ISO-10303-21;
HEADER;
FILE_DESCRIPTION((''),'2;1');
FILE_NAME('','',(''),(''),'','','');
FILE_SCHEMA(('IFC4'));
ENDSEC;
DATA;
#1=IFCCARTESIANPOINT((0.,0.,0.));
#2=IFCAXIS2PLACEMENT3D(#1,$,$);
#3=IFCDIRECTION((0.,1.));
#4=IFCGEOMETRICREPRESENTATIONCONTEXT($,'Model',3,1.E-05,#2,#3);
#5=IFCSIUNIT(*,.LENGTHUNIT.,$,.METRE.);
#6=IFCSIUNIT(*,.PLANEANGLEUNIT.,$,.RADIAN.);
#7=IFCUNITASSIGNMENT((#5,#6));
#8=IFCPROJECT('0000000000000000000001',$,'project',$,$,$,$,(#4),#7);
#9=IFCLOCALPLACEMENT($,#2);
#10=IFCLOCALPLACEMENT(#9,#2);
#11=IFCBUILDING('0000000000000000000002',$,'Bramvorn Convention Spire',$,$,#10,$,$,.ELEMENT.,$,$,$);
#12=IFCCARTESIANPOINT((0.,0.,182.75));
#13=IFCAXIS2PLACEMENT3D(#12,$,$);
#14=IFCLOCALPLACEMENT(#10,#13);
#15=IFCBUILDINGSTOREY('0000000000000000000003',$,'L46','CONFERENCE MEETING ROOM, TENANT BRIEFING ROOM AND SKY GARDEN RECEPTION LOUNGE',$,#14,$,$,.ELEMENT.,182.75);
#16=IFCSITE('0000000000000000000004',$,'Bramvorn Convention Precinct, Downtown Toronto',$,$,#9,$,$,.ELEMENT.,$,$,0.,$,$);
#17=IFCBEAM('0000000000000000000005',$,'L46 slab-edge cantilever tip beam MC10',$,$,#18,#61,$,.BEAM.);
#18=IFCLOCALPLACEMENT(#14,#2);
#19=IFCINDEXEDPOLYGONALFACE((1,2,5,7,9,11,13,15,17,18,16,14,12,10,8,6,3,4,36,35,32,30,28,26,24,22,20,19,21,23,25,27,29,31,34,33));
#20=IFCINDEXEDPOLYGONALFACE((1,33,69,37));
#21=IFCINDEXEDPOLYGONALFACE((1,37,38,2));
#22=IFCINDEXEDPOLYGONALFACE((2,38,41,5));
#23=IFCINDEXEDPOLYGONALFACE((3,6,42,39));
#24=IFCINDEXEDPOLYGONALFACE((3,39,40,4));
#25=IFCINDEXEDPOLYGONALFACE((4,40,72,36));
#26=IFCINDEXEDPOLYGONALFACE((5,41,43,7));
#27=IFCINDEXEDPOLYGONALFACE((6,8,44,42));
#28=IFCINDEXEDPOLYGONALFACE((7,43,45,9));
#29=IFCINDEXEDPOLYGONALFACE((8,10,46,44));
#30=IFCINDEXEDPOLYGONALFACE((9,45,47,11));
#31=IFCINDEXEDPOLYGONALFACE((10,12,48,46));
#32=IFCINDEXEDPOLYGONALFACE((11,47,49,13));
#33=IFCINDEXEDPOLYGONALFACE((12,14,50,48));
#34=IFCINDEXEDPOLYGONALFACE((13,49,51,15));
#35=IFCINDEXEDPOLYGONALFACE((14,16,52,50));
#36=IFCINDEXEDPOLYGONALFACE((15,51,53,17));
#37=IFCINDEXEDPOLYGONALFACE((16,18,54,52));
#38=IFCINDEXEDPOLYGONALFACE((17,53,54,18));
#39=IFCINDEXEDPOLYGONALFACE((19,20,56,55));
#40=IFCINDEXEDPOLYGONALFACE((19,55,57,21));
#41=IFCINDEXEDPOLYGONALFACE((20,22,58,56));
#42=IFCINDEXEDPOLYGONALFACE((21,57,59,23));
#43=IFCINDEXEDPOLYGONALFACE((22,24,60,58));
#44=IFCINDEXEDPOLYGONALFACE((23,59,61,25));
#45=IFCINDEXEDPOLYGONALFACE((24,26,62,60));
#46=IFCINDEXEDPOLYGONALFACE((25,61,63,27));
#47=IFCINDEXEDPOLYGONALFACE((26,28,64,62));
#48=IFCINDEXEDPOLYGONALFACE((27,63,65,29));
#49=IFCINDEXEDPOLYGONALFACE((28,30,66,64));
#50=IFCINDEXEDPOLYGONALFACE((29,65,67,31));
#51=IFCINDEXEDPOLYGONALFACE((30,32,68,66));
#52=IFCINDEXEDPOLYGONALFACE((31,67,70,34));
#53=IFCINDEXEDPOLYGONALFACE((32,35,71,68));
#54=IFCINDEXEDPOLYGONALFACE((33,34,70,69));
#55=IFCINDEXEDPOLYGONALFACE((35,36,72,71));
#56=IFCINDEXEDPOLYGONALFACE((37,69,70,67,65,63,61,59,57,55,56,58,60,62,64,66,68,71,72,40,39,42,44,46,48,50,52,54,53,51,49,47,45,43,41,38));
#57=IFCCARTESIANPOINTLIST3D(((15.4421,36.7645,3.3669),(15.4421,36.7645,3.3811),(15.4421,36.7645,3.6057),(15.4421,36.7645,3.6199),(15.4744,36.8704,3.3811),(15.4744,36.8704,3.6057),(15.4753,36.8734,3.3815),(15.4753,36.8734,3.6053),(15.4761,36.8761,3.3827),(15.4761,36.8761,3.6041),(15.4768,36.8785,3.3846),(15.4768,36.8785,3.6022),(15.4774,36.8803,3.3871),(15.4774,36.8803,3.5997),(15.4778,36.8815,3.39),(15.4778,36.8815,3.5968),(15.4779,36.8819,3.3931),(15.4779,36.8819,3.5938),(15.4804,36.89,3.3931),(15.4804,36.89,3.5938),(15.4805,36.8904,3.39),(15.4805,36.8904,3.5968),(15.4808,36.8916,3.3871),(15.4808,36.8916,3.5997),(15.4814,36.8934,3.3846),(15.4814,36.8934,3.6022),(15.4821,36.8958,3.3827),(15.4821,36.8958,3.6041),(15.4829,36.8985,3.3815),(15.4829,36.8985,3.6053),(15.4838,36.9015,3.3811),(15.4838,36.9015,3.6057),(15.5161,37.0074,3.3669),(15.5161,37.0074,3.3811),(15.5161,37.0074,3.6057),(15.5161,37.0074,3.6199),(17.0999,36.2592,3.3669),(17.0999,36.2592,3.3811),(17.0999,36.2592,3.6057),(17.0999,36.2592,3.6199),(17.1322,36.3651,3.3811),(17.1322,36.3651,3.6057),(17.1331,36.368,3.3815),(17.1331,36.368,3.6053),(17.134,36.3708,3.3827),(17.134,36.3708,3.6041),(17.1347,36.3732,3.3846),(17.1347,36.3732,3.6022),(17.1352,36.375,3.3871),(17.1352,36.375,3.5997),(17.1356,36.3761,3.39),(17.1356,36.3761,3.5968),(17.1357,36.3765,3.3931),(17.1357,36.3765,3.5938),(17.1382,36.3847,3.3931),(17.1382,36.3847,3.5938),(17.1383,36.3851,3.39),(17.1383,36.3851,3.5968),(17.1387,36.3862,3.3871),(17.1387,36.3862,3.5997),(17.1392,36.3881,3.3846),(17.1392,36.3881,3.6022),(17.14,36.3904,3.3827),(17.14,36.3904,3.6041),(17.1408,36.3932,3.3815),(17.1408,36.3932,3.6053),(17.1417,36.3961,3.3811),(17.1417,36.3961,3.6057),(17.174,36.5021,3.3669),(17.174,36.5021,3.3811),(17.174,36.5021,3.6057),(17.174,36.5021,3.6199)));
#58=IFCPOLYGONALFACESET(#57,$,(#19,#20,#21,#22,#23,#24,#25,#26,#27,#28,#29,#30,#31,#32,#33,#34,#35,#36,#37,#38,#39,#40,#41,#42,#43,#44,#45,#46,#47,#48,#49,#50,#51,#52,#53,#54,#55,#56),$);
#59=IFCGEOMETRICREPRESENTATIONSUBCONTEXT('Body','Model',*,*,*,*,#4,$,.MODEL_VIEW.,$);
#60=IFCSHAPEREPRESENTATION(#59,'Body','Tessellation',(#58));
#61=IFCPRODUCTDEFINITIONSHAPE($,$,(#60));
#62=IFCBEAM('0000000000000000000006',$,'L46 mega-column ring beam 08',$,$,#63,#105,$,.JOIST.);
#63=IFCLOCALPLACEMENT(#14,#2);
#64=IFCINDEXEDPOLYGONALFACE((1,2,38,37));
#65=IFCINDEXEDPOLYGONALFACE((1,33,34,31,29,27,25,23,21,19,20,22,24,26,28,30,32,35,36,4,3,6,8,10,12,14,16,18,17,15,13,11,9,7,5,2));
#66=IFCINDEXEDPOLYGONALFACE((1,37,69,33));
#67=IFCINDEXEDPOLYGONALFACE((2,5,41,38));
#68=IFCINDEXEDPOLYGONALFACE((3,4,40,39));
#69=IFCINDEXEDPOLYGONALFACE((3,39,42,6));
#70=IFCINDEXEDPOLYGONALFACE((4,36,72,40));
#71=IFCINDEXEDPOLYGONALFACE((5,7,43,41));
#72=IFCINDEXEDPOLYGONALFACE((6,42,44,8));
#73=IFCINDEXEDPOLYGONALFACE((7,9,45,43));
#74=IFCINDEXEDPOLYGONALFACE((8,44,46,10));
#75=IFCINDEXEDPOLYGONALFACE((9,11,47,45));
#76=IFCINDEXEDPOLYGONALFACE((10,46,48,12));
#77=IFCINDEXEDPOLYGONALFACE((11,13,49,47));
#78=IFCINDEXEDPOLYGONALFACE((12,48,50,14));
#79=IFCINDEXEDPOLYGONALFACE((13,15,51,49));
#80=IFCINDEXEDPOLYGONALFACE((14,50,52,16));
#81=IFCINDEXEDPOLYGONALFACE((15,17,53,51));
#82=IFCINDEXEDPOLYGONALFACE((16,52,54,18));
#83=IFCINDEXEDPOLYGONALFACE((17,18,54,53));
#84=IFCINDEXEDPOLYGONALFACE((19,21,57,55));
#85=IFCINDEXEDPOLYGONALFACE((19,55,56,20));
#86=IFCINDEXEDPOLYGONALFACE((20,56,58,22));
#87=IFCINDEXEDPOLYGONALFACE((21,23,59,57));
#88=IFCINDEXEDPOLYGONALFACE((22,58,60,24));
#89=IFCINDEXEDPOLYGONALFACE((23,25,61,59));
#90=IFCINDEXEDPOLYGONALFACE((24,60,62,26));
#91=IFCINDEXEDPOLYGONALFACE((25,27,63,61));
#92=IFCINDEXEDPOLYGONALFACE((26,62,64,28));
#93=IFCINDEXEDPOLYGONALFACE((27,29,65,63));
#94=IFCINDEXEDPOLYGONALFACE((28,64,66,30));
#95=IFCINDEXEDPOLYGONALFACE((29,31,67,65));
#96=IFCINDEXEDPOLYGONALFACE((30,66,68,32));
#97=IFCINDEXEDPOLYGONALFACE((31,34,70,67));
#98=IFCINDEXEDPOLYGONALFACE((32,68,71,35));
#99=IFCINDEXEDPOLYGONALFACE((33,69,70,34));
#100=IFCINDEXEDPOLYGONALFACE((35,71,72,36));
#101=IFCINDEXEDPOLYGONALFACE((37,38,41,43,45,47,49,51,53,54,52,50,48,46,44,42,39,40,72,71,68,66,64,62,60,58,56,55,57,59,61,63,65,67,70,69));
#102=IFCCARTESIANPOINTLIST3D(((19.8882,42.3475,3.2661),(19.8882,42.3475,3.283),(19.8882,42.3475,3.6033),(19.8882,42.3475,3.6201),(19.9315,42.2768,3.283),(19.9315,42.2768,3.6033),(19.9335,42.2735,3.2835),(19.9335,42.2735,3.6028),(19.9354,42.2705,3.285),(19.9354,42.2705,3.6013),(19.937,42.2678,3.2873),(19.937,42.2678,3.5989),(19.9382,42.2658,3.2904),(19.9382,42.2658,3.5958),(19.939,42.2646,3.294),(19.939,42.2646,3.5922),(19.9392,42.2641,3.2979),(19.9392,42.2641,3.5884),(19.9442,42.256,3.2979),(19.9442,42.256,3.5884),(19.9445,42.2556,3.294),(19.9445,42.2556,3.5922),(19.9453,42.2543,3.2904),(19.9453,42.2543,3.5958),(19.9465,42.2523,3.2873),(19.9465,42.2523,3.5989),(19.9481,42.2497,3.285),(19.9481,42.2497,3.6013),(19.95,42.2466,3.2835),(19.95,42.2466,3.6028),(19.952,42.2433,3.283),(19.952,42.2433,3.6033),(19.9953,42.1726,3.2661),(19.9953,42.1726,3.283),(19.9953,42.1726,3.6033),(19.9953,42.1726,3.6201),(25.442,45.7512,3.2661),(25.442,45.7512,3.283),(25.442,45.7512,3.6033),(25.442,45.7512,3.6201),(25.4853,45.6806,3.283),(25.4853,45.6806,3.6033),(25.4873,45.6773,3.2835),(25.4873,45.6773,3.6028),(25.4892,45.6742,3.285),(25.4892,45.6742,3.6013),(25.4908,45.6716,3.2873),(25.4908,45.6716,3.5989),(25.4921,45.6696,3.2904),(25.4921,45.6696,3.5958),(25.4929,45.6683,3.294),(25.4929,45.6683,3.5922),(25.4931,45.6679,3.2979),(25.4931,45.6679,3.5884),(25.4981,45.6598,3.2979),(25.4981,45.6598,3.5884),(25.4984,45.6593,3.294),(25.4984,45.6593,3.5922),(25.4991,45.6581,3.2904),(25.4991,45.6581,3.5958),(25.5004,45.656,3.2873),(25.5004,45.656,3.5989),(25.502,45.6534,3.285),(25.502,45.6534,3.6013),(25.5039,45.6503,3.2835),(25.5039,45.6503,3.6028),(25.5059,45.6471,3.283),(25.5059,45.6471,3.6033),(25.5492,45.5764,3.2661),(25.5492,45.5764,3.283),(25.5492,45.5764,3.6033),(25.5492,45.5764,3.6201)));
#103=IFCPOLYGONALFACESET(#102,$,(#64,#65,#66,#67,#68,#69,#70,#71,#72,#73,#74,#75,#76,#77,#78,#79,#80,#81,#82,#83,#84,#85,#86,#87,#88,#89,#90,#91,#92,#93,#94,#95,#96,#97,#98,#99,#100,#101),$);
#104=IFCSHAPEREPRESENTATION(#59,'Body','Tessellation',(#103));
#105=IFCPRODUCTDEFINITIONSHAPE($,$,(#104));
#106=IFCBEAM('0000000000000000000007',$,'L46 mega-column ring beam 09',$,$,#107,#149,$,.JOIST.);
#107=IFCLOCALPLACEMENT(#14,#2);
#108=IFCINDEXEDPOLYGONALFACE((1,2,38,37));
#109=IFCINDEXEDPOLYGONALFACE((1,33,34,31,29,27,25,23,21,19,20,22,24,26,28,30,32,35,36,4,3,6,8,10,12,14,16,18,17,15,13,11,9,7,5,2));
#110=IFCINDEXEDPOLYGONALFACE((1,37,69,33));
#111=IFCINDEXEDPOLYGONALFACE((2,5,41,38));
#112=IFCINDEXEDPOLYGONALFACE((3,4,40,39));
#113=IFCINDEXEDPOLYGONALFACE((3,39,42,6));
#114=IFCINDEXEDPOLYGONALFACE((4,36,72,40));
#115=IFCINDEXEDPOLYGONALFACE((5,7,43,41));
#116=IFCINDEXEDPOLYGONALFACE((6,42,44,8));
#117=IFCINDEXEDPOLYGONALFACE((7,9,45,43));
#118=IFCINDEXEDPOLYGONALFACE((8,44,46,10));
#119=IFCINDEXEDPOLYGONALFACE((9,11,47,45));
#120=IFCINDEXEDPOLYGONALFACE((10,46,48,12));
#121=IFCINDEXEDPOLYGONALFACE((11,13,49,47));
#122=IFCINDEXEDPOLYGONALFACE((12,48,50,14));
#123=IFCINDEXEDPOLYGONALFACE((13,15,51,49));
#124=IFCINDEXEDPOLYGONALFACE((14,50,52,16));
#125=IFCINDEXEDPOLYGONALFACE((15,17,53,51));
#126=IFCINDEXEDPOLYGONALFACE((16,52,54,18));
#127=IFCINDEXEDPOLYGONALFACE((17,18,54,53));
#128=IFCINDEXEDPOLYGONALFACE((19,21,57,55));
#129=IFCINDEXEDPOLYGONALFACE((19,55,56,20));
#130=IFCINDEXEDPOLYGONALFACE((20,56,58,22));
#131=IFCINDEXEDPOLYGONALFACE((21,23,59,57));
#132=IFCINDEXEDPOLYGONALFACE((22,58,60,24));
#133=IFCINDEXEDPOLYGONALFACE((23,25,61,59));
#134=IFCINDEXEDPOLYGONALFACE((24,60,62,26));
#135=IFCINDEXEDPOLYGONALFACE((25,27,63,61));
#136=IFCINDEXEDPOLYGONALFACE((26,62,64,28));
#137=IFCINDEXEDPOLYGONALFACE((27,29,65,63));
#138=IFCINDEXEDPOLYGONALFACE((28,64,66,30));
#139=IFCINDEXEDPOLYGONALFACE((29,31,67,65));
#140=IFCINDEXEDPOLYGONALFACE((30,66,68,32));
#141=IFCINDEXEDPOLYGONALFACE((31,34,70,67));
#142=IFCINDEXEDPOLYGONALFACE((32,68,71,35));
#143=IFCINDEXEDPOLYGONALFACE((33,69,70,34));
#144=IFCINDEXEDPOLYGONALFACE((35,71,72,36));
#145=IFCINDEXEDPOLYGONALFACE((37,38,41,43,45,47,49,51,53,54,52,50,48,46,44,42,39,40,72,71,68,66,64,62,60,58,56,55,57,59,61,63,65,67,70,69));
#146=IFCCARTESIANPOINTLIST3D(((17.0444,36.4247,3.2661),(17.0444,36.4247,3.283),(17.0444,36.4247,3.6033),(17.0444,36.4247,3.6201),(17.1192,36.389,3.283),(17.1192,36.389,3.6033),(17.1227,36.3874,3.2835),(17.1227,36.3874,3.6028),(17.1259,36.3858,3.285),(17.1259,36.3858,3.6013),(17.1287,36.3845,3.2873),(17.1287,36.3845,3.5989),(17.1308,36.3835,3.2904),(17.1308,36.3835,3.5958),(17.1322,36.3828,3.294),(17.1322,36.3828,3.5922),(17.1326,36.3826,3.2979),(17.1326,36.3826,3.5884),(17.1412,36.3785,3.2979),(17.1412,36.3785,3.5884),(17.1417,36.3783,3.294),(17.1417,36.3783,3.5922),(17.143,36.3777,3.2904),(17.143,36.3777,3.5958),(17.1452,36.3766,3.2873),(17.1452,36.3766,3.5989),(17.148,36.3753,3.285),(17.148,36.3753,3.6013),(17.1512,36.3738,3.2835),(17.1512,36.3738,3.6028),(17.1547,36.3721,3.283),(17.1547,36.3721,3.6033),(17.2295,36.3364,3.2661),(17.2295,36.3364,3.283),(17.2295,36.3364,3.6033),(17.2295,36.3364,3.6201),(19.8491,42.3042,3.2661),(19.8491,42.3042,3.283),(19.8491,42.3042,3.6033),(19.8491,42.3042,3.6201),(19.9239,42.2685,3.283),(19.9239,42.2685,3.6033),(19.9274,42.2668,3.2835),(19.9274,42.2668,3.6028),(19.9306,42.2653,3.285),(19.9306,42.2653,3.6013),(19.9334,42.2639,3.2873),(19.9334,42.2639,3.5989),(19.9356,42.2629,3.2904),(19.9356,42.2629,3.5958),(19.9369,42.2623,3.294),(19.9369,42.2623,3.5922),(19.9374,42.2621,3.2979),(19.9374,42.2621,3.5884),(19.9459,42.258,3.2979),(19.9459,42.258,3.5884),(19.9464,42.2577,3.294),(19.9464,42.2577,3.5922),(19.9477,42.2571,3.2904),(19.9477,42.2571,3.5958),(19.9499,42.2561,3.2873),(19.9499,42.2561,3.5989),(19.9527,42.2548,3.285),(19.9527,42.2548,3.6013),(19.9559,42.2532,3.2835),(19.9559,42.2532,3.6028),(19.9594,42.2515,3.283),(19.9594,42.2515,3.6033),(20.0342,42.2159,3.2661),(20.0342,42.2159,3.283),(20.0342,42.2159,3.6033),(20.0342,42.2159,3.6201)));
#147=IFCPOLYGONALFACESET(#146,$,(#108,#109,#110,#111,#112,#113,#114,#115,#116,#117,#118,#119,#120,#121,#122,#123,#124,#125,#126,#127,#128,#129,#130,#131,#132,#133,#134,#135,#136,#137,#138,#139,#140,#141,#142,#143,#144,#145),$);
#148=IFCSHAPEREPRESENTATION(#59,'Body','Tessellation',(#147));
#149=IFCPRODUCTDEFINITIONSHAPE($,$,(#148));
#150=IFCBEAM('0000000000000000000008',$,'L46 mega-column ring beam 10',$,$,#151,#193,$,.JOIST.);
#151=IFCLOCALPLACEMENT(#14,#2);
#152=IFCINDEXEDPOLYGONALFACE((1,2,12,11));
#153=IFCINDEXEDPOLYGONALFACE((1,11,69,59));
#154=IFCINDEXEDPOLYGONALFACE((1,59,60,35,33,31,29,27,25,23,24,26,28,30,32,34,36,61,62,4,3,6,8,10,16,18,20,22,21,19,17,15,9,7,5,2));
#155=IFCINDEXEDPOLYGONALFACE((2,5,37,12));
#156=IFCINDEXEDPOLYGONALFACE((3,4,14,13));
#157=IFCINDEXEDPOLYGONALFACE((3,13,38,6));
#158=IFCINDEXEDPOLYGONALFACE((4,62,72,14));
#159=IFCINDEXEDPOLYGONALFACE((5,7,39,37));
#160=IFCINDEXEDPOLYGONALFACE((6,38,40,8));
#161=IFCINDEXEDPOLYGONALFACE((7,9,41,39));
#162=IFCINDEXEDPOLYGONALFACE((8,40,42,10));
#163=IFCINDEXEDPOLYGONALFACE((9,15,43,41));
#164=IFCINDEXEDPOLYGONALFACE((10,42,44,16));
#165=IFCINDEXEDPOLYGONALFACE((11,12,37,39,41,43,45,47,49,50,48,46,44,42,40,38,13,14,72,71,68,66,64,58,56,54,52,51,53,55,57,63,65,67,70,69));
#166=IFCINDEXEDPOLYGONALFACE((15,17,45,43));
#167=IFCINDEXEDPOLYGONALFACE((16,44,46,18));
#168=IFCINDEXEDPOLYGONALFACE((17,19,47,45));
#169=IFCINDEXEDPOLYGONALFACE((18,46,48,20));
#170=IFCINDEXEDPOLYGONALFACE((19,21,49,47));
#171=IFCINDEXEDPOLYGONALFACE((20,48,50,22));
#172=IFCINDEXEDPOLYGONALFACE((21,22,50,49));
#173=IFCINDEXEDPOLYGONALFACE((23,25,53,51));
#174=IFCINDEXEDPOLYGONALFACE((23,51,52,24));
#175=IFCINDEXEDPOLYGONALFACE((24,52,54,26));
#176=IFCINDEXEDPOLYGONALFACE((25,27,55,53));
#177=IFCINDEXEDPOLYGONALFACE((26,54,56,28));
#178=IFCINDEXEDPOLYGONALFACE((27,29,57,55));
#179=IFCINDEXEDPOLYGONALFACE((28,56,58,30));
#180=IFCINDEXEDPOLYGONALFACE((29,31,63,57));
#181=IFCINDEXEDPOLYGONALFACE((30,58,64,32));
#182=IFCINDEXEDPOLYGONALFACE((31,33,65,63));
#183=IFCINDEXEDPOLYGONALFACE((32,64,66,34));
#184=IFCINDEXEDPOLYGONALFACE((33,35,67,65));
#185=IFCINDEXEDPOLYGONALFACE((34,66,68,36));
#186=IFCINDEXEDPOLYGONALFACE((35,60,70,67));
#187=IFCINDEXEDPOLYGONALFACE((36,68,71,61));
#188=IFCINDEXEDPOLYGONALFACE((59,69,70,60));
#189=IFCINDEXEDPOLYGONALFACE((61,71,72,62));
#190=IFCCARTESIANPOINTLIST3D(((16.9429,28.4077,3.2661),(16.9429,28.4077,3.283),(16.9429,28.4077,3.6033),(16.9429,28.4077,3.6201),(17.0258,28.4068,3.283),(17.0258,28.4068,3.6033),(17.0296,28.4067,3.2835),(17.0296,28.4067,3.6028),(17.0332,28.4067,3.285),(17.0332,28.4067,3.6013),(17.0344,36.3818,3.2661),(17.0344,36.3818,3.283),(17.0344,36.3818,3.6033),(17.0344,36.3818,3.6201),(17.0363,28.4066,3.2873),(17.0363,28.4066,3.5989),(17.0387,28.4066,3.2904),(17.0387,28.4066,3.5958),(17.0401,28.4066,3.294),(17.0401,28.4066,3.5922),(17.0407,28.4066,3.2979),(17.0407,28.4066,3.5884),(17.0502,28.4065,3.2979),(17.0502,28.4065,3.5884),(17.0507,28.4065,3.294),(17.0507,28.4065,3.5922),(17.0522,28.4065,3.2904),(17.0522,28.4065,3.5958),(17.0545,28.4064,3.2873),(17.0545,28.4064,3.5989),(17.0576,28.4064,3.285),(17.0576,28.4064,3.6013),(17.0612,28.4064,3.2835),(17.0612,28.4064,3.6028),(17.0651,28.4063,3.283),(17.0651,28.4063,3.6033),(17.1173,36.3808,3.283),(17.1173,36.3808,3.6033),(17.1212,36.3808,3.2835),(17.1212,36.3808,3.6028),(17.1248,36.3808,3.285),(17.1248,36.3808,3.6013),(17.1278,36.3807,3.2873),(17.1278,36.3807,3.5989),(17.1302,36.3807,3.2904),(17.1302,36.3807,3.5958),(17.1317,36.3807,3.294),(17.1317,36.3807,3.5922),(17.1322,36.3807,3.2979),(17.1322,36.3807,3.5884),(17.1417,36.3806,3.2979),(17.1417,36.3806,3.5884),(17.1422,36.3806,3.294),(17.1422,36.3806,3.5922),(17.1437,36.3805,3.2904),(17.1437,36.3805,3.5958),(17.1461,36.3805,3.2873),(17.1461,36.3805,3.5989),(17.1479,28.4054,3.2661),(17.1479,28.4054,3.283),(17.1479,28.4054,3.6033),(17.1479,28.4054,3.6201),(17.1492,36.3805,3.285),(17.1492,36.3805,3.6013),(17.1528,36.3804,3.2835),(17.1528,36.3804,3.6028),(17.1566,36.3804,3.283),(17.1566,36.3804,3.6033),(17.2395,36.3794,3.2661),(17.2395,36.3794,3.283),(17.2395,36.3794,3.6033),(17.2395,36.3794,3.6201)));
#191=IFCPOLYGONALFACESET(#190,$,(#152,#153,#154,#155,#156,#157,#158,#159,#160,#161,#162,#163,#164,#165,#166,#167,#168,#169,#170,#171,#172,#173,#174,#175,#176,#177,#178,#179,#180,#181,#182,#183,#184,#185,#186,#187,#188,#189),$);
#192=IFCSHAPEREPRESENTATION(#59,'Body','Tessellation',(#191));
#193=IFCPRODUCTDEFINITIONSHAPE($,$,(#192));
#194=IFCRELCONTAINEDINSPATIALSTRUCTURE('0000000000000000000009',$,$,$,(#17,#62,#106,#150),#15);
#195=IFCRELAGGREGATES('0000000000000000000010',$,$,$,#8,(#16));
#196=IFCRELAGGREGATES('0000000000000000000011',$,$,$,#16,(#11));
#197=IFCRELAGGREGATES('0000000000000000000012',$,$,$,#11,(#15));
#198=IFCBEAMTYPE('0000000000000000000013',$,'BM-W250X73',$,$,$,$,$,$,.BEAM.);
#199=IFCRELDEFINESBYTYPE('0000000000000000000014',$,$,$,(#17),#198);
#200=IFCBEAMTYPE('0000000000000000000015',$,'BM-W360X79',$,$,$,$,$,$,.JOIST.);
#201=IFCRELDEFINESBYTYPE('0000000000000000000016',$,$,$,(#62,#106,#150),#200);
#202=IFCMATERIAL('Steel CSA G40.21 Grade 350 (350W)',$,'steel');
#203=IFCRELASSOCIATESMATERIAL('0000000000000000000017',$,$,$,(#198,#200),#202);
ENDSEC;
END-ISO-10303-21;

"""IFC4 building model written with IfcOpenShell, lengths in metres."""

from ifc_helpers import new_model, si_unit, direction, frame, origin, origin_2d, place, context, subcontext, project, spatial, i_section, extrude, material, material_profile, profile_set, type_object, element, save


model = new_model("IFC4")

# Units and contexts
model_context = context("Model", 3, precision=1e-05, world=origin(), true_north=direction((0.0, 1.0)))
body_context = subcontext(model_context, "Body", "Model", "MODEL_VIEW")
ifc_project = project(units=[si_unit("LENGTHUNIT", "METRE"), si_unit("PLANEANGLEUNIT", "RADIAN")], contexts=[model_context])

# Site, building, storey
site_placement = place(None, origin())
site = spatial("IfcSite", under=ifc_project, at=site_placement, Name="Bramvorn Convention Precinct, Downtown Toronto", CompositionType="ELEMENT", RefElevation=0.0)
building_placement = place(site_placement, origin())
building = spatial("IfcBuilding", under=site, at=building_placement, Name="Bramvorn Convention Spire", CompositionType="ELEMENT")
storey_placement = place(building_placement, frame((0.0, 0.0, 182.75)))
storey = spatial("IfcBuildingStorey", under=building, at=storey_placement, Name="L46", Description="CONFERENCE MEETING ROOM, TENANT BRIEFING ROOM AND SKY GARDEN RECEPTION LOUNGE", CompositionType="ELEMENT", Elevation=182.75)

# Shared definitions
ifc_material_1 = material(Name="Steel CSA G40.21 Grade 350 (350W)", Category="steel")

# Beams
ifc_material_profile_1 = material_profile(ifc_material_1, i_section(OverallWidth=0.2539, OverallDepth=0.2529, WebThickness=0.0085, FlangeThickness=0.0142, FilletRadius=0.012, at=origin_2d()))
ifc_profile_set_1 = profile_set([ifc_material_profile_1], Name="Steel CSA G40.21 Grade 350 (350W) - W250X73")
beam_type_1 = type_object("IfcBeamType", Name="BM-W250X73", PredefinedType="BEAM", material=ifc_profile_set_1)
beam_1_placement = place(storey_placement, frame((17.137, 36.3806, 3.4934), z_axis=(-0.956549, 0.291571, 0.0), x_axis=(-0.291571, -0.956549, 0.0)))
element("IfcBeam", 1, at=beam_1_placement, inside=storey, type_object=beam_type_1, Name="L46 slab-edge cantilever tip beam MC10", PredefinedType="BEAM", context=body_context, shape_type="SweptSolid", body=[
    extrude(i_section(OverallWidth=0.2539, OverallDepth=0.2529, WebThickness=0.0085, FlangeThickness=0.0142, FilletRadius=0.012, at=origin_2d()), origin(), (0.0, 0.0, 1.0), 1.7332),
])
ifc_material_profile_2 = material_profile(ifc_material_1, i_section(OverallWidth=0.2051, OverallDepth=0.354, WebThickness=0.0095, FlangeThickness=0.0168, FilletRadius=0.0149, at=origin_2d()))
ifc_profile_set_2 = profile_set([ifc_material_profile_2], Name="Steel CSA G40.21 Grade 350 (350W) - W360X79")
beam_type_2 = type_object("IfcBeamType", Name="BM-W360X79", PredefinedType="JOIST", material=ifc_profile_set_2)
beam_2_placement = place(storey_placement, frame((25.4956, 45.6638, 3.4431), z_axis=(-0.852617, -0.522537, 0.0), x_axis=(0.522537, -0.852617, 0.0)))
element("IfcBeam", 2, at=beam_2_placement, inside=storey, type_object=beam_type_2, Name="L46 mega-column ring beam 08", PredefinedType="JOIST", context=body_context, shape_type="SweptSolid", body=[
    extrude(i_section(OverallWidth=0.2051, OverallDepth=0.354, WebThickness=0.0095, FlangeThickness=0.0168, FilletRadius=0.0149, at=origin_2d()), origin(), (0.0, 0.0, 1.0), 6.5139),
])
beam_3_placement = place(storey_placement, frame((19.9417, 42.26, 3.4431), z_axis=(-0.430556, -0.902564, 0.0), x_axis=(0.902564, -0.430556, 0.0)))
element("IfcBeam", 3, at=beam_3_placement, inside=storey, type_object=beam_type_2, Name="L46 mega-column ring beam 09", PredefinedType="JOIST", context=body_context, shape_type="SweptSolid", body=[
    extrude(i_section(OverallWidth=0.2051, OverallDepth=0.354, WebThickness=0.0095, FlangeThickness=0.0168, FilletRadius=0.0149, at=origin_2d()), origin(), (0.0, 0.0, 1.0), 6.5142),
])
beam_4_placement = place(storey_placement, frame((17.137, 36.3806, 3.4431), z_axis=(-0.01148, -0.999934, 0.0), x_axis=(0.999934, -0.01148, 0.0)))
element("IfcBeam", 4, at=beam_4_placement, inside=storey, type_object=beam_type_2, Name="L46 mega-column ring beam 10", PredefinedType="JOIST", context=body_context, shape_type="SweptSolid", body=[
    extrude(i_section(OverallWidth=0.2051, OverallDepth=0.354, WebThickness=0.0095, FlangeThickness=0.0168, FilletRadius=0.0149, at=origin_2d()), origin(), (0.0, 0.0, 1.0), 7.9746),
])

save(model, "model.ifc")
